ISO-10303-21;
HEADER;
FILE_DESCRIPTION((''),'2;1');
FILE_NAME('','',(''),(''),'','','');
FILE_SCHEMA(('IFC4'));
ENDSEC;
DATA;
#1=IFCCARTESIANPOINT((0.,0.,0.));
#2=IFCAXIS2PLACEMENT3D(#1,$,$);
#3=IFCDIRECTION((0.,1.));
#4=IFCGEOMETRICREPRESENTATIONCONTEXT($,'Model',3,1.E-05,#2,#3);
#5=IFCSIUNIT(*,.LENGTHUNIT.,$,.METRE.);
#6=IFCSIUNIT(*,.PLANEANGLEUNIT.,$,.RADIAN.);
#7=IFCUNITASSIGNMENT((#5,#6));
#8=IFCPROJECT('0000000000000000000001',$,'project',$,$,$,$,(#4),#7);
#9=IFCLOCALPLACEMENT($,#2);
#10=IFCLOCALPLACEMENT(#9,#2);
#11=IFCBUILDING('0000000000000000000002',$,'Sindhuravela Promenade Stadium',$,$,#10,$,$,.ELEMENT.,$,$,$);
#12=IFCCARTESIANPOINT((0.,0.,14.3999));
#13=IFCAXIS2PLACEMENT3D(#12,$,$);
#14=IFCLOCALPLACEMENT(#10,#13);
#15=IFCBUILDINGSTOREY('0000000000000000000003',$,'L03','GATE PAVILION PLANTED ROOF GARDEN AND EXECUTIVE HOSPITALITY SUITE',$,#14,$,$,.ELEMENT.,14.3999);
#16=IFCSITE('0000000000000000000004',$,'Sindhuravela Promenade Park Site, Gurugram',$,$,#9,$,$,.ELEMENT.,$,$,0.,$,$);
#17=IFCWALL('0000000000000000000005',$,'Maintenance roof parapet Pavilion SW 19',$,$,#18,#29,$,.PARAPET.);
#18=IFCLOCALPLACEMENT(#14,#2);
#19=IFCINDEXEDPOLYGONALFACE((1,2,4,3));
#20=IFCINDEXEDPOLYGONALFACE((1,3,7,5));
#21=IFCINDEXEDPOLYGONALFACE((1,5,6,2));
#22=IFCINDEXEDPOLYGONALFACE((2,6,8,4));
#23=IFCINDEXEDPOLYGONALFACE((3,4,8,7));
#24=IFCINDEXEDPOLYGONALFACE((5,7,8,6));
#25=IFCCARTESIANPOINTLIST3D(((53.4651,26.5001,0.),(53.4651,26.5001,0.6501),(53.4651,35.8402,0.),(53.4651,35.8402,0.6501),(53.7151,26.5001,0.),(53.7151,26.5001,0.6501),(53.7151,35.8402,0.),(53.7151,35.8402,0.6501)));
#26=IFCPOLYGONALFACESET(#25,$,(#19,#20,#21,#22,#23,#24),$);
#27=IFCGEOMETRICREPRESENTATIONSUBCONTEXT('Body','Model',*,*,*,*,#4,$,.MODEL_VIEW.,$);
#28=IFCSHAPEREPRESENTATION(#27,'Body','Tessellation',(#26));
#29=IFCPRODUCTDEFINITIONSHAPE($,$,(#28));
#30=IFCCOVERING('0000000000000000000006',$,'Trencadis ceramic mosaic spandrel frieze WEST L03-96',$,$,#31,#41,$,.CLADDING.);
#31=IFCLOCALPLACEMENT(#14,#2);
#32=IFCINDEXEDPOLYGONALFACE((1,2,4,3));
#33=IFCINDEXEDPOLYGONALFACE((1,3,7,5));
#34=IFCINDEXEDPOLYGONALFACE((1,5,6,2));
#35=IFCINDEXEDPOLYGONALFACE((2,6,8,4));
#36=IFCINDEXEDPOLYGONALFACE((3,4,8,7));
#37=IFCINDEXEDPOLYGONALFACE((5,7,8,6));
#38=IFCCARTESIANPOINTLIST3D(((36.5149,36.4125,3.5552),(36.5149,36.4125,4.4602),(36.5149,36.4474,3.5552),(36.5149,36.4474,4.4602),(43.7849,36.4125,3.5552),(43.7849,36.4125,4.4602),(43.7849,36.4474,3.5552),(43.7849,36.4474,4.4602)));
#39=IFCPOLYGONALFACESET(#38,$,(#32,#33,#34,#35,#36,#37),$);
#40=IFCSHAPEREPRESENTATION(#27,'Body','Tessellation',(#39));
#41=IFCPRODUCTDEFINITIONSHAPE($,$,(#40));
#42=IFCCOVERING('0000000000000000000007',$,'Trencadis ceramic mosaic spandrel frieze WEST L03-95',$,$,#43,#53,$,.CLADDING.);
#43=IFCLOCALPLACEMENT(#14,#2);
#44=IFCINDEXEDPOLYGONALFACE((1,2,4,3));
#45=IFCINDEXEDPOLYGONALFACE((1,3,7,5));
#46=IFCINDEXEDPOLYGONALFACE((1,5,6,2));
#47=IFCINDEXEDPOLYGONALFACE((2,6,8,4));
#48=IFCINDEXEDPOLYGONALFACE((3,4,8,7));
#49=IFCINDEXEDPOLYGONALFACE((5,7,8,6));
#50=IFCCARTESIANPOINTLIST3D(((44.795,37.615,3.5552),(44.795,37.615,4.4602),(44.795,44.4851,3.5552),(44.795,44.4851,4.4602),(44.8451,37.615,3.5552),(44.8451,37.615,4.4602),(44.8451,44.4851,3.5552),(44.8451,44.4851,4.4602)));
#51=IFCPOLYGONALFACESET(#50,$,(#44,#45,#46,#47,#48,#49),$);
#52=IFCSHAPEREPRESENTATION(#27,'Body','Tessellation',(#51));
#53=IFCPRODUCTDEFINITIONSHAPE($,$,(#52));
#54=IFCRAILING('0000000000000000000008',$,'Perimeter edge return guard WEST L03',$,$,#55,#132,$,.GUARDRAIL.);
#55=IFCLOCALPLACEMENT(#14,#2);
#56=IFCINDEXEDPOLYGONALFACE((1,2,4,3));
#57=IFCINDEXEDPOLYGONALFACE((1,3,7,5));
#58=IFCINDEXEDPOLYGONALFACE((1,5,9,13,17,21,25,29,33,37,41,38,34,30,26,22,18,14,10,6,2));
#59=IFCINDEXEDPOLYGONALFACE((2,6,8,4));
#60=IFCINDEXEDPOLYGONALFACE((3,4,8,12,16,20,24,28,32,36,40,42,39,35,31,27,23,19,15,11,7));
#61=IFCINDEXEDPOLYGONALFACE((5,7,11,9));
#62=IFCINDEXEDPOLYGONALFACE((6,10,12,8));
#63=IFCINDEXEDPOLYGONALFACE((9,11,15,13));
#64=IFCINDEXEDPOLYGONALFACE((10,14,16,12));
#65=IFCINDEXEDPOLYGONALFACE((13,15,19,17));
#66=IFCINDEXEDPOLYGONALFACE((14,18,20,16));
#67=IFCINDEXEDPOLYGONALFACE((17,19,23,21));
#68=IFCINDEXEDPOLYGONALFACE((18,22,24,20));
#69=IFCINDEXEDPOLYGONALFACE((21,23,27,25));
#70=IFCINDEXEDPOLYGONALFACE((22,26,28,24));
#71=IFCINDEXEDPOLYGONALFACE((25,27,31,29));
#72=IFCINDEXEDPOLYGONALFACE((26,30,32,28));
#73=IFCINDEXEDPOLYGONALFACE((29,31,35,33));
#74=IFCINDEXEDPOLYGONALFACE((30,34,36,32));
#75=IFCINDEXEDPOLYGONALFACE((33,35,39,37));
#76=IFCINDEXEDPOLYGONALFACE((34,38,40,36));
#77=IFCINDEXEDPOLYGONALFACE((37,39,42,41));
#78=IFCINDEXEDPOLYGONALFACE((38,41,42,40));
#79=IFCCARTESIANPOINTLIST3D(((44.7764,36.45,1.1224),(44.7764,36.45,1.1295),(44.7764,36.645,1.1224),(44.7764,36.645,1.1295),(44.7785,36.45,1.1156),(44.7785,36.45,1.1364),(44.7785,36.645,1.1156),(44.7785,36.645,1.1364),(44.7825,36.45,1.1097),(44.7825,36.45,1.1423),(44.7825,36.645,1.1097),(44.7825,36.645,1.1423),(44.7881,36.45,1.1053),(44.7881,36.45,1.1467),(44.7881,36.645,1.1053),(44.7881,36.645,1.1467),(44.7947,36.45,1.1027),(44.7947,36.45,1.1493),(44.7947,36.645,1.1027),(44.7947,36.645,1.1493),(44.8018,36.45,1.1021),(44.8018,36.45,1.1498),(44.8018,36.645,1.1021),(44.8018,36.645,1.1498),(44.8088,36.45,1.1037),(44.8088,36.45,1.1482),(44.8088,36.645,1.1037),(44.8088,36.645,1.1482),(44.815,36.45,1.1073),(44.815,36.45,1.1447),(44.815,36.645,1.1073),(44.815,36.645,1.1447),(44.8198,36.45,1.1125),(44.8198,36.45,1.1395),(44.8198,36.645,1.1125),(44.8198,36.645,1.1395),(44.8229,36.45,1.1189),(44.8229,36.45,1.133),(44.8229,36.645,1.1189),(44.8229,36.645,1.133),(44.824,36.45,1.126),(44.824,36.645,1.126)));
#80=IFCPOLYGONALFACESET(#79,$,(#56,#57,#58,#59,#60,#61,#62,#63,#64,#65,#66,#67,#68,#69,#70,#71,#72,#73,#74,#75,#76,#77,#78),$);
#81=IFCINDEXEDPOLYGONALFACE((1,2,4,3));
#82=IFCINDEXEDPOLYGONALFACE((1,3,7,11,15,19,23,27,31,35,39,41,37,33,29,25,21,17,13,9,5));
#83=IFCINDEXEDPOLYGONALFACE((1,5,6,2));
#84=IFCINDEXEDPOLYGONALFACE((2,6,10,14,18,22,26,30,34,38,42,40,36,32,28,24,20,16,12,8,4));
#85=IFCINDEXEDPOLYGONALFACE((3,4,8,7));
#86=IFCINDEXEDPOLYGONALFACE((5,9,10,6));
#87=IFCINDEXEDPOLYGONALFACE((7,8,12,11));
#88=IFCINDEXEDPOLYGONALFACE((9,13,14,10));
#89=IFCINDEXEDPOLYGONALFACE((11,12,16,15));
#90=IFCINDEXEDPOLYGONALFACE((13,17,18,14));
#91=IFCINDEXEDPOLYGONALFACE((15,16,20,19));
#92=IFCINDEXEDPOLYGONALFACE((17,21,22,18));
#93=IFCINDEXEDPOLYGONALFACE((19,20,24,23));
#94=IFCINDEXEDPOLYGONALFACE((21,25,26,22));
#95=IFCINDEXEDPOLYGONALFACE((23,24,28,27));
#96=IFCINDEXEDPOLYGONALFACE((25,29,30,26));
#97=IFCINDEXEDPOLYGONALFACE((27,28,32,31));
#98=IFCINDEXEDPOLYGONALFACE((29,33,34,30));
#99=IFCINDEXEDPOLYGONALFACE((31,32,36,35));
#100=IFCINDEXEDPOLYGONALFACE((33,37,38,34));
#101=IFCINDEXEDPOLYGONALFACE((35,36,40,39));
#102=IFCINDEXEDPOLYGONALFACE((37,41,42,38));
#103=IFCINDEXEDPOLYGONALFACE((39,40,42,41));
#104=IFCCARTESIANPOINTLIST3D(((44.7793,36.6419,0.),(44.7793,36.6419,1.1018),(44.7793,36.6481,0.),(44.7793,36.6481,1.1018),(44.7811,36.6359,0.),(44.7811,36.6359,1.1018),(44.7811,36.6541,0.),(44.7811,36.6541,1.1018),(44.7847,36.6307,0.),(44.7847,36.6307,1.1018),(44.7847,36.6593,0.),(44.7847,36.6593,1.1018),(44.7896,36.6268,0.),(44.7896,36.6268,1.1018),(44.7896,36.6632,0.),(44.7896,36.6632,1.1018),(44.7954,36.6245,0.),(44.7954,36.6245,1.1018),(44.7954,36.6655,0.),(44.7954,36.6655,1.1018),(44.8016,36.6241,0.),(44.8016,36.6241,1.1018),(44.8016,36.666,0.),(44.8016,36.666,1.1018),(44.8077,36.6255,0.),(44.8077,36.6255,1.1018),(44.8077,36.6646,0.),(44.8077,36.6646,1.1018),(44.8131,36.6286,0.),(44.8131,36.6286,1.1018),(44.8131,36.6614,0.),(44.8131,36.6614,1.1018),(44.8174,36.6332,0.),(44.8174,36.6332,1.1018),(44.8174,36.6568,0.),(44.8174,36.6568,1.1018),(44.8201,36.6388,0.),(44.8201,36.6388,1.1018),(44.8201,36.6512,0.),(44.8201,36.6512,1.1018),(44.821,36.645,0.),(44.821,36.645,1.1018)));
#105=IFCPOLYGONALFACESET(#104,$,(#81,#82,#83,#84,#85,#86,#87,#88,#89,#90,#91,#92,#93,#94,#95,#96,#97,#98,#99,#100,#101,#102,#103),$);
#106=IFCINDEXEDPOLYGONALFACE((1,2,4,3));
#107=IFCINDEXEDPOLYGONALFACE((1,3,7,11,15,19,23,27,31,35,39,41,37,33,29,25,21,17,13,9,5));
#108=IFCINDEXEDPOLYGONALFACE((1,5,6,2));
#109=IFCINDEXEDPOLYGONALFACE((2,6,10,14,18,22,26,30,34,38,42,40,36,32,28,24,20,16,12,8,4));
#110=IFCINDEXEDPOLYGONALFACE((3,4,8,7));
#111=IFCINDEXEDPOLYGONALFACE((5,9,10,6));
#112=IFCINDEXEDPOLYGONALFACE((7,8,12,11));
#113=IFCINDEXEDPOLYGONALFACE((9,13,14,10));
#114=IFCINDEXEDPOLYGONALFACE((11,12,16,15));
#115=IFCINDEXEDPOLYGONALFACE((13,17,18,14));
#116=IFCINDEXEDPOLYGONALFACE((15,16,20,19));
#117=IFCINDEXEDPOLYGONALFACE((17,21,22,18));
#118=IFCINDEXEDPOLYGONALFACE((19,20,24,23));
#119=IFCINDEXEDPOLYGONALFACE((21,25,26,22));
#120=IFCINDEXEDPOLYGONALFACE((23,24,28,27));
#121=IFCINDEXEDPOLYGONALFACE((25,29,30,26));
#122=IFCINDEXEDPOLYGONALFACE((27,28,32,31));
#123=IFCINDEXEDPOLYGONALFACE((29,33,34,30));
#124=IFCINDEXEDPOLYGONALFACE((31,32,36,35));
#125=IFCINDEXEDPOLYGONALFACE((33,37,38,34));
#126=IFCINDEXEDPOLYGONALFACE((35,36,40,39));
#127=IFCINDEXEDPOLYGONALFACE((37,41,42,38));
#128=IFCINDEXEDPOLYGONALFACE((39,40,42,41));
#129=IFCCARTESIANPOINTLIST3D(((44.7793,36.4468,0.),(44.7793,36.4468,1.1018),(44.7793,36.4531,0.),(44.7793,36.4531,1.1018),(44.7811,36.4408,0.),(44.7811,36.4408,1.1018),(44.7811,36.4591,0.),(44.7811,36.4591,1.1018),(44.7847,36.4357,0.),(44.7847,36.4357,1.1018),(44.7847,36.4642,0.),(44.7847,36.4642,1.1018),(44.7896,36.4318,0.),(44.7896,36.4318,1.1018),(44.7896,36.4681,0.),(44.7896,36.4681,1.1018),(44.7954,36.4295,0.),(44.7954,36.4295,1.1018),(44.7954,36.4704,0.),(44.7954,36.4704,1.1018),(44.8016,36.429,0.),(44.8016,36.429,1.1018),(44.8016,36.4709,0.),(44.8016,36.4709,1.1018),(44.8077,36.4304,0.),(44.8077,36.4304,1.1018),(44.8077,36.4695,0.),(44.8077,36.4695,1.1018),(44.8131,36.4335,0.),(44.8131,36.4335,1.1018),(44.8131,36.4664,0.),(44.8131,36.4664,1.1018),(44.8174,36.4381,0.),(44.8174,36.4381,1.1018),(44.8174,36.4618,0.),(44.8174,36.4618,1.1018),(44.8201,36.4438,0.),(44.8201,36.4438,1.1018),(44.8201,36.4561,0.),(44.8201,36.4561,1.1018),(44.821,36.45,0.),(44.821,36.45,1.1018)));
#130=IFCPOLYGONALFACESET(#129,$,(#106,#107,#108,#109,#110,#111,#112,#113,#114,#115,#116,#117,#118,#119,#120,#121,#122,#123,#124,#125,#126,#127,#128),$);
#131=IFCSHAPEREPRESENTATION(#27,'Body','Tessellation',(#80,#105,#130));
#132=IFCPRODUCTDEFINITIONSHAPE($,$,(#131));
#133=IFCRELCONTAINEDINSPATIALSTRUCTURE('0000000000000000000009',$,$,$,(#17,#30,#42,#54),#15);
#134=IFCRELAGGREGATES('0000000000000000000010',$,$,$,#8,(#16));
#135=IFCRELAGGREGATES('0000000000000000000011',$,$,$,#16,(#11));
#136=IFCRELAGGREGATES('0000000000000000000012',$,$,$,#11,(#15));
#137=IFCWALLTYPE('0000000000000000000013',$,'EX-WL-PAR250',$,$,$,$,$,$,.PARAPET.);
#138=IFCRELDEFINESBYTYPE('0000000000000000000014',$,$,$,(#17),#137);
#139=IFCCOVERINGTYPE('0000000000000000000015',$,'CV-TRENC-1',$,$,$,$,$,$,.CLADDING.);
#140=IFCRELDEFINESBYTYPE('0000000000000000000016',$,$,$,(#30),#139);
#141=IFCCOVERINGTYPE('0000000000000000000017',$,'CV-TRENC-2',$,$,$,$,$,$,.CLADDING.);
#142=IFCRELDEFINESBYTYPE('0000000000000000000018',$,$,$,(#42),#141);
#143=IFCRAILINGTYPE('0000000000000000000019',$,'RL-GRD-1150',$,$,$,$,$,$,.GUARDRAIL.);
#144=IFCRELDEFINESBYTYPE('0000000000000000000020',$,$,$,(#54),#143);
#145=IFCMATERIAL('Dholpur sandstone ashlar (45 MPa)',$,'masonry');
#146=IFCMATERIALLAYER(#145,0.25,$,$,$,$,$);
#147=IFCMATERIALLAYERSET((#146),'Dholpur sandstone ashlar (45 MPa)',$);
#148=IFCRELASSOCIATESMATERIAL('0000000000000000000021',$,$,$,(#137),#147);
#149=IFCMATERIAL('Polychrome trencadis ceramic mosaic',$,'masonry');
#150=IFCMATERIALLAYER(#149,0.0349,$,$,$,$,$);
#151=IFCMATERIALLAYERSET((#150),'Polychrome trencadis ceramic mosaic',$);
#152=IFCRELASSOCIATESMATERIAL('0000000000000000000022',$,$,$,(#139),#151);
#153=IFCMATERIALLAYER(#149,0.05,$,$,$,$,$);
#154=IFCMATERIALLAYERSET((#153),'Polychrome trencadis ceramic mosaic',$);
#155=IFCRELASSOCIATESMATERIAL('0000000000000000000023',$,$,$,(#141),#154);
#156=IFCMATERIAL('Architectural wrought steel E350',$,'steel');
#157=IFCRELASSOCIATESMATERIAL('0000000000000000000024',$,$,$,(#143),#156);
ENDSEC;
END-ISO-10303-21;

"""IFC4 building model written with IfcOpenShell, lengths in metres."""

from ifc_helpers import new_model, si_unit, direction, frame, frame_2d, origin, origin_2d, place, context, subcontext, project, spatial, rectangle, circle, extrude, material, layer, layer_set, type_object, element, save


model = new_model("IFC4")

# Units and contexts
model_context = context("Model", 3, precision=1e-05, world=origin(), true_north=direction((0.0, 1.0)))
body_context = subcontext(model_context, "Body", "Model", "MODEL_VIEW")
ifc_project = project(units=[si_unit("LENGTHUNIT", "METRE"), si_unit("PLANEANGLEUNIT", "RADIAN")], contexts=[model_context])

# Site, building, storey
site_placement = place(None, origin())
site = spatial("IfcSite", under=ifc_project, at=site_placement, Name="Sindhuravela Promenade Park Site, Gurugram", CompositionType="ELEMENT", RefElevation=0.0)
building_placement = place(site_placement, origin())
building = spatial("IfcBuilding", under=site, at=building_placement, Name="Sindhuravela Promenade Stadium", CompositionType="ELEMENT")
storey_placement = place(building_placement, frame((0.0, 0.0, 14.3999)))
storey = spatial("IfcBuildingStorey", under=building, at=storey_placement, Name="L03", Description="GATE PAVILION PLANTED ROOF GARDEN AND EXECUTIVE HOSPITALITY SUITE", CompositionType="ELEMENT", Elevation=14.3999)

# Wall
ifc_material_1 = material(Name="Dholpur sandstone ashlar (45 MPa)", Category="masonry")
ifc_layer_1 = layer(ifc_material_1, 0.25)
ifc_layer_set_1 = layer_set([ifc_layer_1], Name="Dholpur sandstone ashlar (45 MPa)")
wall_type = type_object("IfcWallType", Name="EX-WL-PAR250", PredefinedType="PARAPET", material=ifc_layer_set_1)
wall_placement = place(storey_placement, frame((53.5901, 35.8401, 0.0), z_axis=(0.0, 0.0, 1.0), x_axis=(0.0, -1.0, 0.0)))
element("IfcWall", 1, at=wall_placement, inside=storey, type_object=wall_type, Name="Maintenance roof parapet Pavilion SW 19", PredefinedType="PARAPET", context=body_context, shape_type="SweptSolid", body=[
    extrude(rectangle(XDim=9.3401, YDim=0.25, at=frame_2d((4.6699, 0.0))), origin(), (0.0, 0.0, 1.0), 0.6501),
])

# Coverings
ifc_material_2 = material(Name="Polychrome trencadis ceramic mosaic", Category="masonry")
ifc_layer_2 = layer(ifc_material_2, 0.0349)
ifc_layer_set_2 = layer_set([ifc_layer_2], Name="Polychrome trencadis ceramic mosaic")
covering_type_1 = type_object("IfcCoveringType", Name="CV-TRENC-1", PredefinedType="CLADDING", material=ifc_layer_set_2)
covering_1_placement = place(storey_placement, frame((40.1499, 36.4299, 3.5552), z_axis=(0.0, 0.0, 1.0), x_axis=(-1.0, 0.0, 0.0)))
element("IfcCovering", 2, at=covering_1_placement, inside=storey, type_object=covering_type_1, Name="Trencadis ceramic mosaic spandrel frieze WEST L03-96", PredefinedType="CLADDING", context=body_context, shape_type="SweptSolid", body=[
    extrude(rectangle(XDim=7.27, YDim=0.0349, at=origin_2d()), origin(), (0.0, 0.0, 1.0), 0.905),
])
ifc_layer_3 = layer(ifc_material_2, 0.05)
ifc_layer_set_3 = layer_set([ifc_layer_3], Name="Polychrome trencadis ceramic mosaic")
covering_type_2 = type_object("IfcCoveringType", Name="CV-TRENC-2", PredefinedType="CLADDING", material=ifc_layer_set_3)
covering_2_placement = place(storey_placement, frame((44.8201, 41.05, 3.5552), z_axis=(0.0, 0.0, 1.0), x_axis=(0.0, -1.0, 0.0)))
element("IfcCovering", 3, at=covering_2_placement, inside=storey, type_object=covering_type_2, Name="Trencadis ceramic mosaic spandrel frieze WEST L03-95", PredefinedType="CLADDING", context=body_context, shape_type="SweptSolid", body=[
    extrude(rectangle(XDim=6.8701, YDim=0.05, at=origin_2d()), origin(), (0.0, 0.0, 1.0), 0.905),
])

# Railing
ifc_material_3 = material(Name="Architectural wrought steel E350", Category="steel")
railing_type_1 = type_object("IfcRailingType", Name="RL-GRD-1150", PredefinedType="GUARDRAIL", material=ifc_material_3)
railing_1_placement = place(storey_placement, frame((44.8, 36.645, 0.0)))
element("IfcRailing", 4, at=railing_1_placement, inside=storey, type_object=railing_type_1, Name="Perimeter edge return guard WEST L03", PredefinedType="GUARDRAIL", context=body_context, shape_type="SweptSolid", body=[
    extrude(circle(Radius=0.0239, at=origin_2d()), frame((0.0, 0.0, 1.126), z_axis=(0.0, -1.0, 0.0), x_axis=(1.0, 0.0, 0.0)), (0.0, 0.0, 1.0), 0.1951),
    extrude(circle(Radius=0.021, at=origin_2d()), origin(), (0.0, 0.0, 1.0), 1.1018),
    extrude(circle(Radius=0.021, at=origin_2d()), frame((0.0, -0.1951, 0.0)), (0.0, 0.0, 1.0), 1.1018),
])

save(model, "model.ifc")
